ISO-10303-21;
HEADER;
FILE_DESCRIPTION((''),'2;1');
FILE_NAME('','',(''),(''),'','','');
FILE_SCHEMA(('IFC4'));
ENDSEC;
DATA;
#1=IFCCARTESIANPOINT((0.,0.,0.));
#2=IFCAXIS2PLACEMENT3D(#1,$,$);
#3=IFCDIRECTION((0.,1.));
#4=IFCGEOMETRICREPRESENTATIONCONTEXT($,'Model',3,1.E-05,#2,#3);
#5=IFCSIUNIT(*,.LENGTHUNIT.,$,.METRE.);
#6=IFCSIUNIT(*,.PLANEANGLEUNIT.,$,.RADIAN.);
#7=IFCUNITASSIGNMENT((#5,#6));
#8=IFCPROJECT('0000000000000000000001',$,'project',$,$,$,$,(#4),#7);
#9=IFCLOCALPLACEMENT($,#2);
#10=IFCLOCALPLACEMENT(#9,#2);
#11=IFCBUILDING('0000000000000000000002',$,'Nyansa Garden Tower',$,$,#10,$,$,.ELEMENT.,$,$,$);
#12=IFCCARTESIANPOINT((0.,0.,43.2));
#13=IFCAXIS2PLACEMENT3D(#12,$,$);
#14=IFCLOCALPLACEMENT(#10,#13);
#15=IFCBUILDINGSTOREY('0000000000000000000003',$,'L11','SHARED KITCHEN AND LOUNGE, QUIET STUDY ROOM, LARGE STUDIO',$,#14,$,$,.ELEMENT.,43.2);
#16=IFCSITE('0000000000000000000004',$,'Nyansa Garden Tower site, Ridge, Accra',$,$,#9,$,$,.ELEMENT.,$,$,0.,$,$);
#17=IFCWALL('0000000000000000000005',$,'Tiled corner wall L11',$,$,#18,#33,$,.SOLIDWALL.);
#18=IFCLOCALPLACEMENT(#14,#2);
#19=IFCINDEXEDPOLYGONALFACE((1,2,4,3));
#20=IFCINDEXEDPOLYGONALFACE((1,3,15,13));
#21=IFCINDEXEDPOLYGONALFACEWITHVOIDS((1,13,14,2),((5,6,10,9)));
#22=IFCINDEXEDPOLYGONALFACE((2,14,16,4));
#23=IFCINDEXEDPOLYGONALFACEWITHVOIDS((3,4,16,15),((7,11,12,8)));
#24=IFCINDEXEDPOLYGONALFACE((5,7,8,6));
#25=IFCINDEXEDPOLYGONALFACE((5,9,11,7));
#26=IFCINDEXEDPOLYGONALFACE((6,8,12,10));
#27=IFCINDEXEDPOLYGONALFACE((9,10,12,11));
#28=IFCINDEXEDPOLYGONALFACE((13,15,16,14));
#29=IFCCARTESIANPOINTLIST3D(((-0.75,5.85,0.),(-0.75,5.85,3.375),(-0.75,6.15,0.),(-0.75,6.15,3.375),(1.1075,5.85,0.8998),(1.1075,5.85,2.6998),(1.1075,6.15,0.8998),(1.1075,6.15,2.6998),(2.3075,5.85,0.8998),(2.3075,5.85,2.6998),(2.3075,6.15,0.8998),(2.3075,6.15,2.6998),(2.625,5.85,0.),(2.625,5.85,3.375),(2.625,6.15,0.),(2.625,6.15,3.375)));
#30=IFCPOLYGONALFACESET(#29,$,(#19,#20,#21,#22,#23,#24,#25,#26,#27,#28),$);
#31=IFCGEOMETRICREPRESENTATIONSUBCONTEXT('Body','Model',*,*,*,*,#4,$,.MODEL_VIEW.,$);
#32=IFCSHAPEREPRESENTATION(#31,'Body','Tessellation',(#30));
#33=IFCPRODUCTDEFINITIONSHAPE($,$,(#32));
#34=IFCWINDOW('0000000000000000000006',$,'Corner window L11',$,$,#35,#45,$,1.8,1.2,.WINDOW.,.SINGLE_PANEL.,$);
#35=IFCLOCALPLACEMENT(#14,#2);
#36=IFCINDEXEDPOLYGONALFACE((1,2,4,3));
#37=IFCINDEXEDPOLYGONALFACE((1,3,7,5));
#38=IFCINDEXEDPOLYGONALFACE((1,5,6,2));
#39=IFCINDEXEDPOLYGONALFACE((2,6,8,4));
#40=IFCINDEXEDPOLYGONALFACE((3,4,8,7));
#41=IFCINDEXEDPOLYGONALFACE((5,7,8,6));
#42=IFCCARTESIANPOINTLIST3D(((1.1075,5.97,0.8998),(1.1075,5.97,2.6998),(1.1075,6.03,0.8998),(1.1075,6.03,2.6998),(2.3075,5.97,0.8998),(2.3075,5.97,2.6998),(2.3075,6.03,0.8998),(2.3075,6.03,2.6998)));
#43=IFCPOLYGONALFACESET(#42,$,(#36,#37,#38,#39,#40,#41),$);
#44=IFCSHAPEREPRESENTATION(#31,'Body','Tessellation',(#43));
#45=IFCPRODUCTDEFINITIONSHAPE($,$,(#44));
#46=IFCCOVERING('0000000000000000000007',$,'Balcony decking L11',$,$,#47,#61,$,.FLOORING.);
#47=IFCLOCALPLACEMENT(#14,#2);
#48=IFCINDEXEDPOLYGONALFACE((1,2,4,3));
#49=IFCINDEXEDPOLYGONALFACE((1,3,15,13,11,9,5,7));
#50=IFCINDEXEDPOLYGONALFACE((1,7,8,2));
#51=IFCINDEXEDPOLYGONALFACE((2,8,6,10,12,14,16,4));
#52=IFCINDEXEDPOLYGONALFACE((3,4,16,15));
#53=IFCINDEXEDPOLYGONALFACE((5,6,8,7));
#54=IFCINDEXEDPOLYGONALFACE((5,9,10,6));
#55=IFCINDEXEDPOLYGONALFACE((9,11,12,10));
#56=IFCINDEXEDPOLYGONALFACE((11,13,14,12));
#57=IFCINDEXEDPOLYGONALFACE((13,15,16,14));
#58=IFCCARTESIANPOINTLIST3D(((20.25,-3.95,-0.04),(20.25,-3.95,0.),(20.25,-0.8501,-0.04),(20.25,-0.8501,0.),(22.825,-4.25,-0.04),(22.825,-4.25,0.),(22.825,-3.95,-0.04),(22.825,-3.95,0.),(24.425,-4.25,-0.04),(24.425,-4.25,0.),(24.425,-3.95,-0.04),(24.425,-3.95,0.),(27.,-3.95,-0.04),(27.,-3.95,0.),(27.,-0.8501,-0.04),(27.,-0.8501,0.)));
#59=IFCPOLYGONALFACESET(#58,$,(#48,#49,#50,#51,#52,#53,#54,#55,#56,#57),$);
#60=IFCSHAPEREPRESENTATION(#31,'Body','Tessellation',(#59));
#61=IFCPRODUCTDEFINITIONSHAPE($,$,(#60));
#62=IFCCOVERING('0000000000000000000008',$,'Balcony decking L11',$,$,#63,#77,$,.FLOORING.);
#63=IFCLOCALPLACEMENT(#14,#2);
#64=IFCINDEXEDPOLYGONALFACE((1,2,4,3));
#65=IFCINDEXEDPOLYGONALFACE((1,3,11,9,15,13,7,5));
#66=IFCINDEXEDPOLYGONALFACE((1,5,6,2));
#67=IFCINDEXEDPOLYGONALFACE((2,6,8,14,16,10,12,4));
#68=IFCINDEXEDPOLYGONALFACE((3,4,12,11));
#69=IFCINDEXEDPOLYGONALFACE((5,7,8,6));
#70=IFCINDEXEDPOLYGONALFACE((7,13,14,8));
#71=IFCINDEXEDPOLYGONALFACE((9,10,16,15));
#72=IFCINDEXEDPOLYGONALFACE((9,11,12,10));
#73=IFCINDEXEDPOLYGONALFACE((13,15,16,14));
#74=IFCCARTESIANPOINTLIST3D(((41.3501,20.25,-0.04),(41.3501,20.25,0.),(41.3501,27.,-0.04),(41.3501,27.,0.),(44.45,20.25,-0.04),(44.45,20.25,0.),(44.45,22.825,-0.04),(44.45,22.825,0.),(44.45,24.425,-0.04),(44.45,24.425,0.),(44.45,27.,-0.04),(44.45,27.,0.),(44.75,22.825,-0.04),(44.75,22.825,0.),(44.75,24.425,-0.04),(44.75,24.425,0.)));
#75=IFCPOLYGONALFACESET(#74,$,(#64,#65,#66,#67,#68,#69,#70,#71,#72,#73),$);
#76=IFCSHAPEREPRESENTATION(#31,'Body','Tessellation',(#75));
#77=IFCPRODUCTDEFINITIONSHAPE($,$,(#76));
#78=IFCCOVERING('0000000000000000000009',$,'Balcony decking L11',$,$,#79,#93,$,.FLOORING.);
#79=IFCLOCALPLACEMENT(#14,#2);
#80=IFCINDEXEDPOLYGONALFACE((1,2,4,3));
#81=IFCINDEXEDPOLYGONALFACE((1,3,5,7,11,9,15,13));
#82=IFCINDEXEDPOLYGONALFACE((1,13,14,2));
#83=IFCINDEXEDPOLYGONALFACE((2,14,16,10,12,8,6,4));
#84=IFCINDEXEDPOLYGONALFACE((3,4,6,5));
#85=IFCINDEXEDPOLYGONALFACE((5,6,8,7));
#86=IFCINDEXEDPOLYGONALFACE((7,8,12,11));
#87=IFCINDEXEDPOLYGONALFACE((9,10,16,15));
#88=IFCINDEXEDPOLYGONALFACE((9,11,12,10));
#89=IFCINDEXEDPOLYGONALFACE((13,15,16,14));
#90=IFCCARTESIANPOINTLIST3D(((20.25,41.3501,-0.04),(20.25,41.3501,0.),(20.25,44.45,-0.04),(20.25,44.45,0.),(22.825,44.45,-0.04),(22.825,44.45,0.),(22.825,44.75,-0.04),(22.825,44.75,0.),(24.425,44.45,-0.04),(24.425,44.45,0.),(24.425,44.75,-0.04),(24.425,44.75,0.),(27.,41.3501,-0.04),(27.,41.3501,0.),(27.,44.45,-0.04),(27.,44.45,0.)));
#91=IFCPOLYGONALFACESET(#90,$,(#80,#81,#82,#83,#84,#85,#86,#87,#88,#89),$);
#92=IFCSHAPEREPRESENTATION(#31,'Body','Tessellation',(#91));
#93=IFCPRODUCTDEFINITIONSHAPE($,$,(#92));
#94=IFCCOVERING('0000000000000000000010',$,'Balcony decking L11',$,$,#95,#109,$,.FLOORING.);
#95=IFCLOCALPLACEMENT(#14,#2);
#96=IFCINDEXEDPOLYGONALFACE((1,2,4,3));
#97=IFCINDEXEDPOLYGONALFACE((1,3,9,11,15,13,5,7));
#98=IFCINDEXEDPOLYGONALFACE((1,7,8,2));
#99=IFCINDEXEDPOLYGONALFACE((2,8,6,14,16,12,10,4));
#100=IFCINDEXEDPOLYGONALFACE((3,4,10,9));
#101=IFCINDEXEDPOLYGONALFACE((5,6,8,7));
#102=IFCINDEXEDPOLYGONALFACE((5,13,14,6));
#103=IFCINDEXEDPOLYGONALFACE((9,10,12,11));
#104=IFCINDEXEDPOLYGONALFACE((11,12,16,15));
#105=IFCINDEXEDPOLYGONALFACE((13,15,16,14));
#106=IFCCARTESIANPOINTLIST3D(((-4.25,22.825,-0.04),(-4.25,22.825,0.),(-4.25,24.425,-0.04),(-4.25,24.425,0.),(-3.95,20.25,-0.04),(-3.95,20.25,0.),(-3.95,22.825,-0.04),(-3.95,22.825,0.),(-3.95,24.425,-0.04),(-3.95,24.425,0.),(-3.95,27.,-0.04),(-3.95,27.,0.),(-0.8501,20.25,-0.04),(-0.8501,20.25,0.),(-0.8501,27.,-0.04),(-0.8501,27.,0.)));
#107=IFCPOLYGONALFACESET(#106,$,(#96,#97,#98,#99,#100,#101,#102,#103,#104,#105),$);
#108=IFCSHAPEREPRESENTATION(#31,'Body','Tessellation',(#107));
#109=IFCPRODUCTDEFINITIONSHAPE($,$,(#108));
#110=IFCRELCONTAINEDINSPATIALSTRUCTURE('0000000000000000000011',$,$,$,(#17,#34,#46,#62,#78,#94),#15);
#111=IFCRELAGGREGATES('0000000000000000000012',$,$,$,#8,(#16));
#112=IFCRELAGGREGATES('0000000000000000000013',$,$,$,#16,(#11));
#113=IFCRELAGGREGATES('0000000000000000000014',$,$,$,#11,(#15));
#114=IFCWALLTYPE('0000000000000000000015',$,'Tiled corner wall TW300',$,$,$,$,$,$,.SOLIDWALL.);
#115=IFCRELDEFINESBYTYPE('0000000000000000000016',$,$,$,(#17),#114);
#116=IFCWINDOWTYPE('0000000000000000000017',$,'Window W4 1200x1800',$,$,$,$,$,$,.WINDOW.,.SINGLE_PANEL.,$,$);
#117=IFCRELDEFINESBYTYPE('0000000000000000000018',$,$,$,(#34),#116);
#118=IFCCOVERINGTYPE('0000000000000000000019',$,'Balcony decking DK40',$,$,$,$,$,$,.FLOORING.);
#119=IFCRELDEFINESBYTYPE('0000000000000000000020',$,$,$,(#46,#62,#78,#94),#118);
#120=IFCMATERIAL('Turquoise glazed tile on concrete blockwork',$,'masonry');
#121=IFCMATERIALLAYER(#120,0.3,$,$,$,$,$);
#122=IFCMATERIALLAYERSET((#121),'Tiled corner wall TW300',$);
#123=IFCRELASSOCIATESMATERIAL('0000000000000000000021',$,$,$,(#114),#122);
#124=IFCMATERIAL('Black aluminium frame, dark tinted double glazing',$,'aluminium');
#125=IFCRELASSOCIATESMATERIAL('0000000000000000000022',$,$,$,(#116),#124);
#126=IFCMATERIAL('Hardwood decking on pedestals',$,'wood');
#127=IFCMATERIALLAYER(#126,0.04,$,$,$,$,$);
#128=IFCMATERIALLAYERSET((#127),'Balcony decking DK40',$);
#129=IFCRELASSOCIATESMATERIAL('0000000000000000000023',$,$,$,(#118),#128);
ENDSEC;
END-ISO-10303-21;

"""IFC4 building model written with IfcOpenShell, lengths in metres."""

from ifc_helpers import new_model, si_unit, direction, frame, frame_2d, origin, place, context, subcontext, project, spatial, polyline, rectangle, outline, extrude, material, layer, layer_set, type_object, element, fill, save


model = new_model("IFC4")

# Units and contexts
model_context = context("Model", 3, precision=1e-05, world=origin(), true_north=direction((0.0, 1.0)))
body_context = subcontext(model_context, "Body", "Model", "MODEL_VIEW")
ifc_project = project(units=[si_unit("LENGTHUNIT", "METRE"), si_unit("PLANEANGLEUNIT", "RADIAN")], contexts=[model_context])

# Site, building, storey
site_placement = place(None, origin())
site = spatial("IfcSite", under=ifc_project, at=site_placement, Name="Nyansa Garden Tower site, Ridge, Accra", CompositionType="ELEMENT", RefElevation=0.0)
building_placement = place(site_placement, origin())
building = spatial("IfcBuilding", under=site, at=building_placement, Name="Nyansa Garden Tower", CompositionType="ELEMENT")
storey_placement = place(building_placement, frame((0.0, 0.0, 43.2)))
storey = spatial("IfcBuildingStorey", under=building, at=storey_placement, Name="L11", Description="SHARED KITCHEN AND LOUNGE, QUIET STUDY ROOM, LARGE STUDIO", CompositionType="ELEMENT", Elevation=43.2)

# Wall, opening, window
ifc_material_1 = material(Name="Turquoise glazed tile on concrete blockwork", Category="masonry")
ifc_layer_1 = layer(ifc_material_1, 0.3)
ifc_layer_set_1 = layer_set([ifc_layer_1], Name="Tiled corner wall TW300")
wall_type = type_object("IfcWallType", Name="Tiled corner wall TW300", PredefinedType="SOLIDWALL", material=ifc_layer_set_1)
wall_placement = place(storey_placement, frame((-0.75, 6.0, 0.0), z_axis=(0.0, 0.0, 1.0), x_axis=(1.0, 0.0, 0.0)))
wall = element("IfcWall", 1, at=wall_placement, inside=storey, type_object=wall_type, Name="Tiled corner wall L11", PredefinedType="SOLIDWALL", context=body_context, shape_type="SweptSolid", body=[
    extrude(rectangle(XDim=3.375, YDim=0.3, at=frame_2d((1.6875, 0.0))), origin(), (0.0, 0.0, 1.0), 3.375),
])
opening_placement = place(wall_placement, frame((1.8574, 0.0, 0.8999)))
opening = element("IfcOpeningElement", 2, at=opening_placement, cuts=wall, PredefinedType="OPENING", context=body_context, shape_type="SweptSolid", body=[
    extrude(rectangle(XDim=1.2, YDim=1.8, at=frame_2d((0.6001, 0.8999))), frame((0.0, 0.1599, 0.0), z_axis=(0.0, -1.0, 0.0), x_axis=(1.0, 0.0, 0.0)), (0.0, 0.0, 1.0), 0.3201),
])
ifc_material_2 = material(Name="Black aluminium frame, dark tinted double glazing", Category="aluminium")
window_type = type_object("IfcWindowType", Name="Window W4 1200x1800", PartitioningType="SINGLE_PANEL", PredefinedType="WINDOW", material=ifc_material_2)
window_placement = place(opening_placement, origin())
window = element("IfcWindow", 3, at=window_placement, inside=storey, type_object=window_type, Name="Corner window L11", OverallHeight=1.8, OverallWidth=1.2, PartitioningType="SINGLE_PANEL", PredefinedType="WINDOW", context=body_context, shape_type="SweptSolid", body=[
    extrude(rectangle(XDim=1.2, YDim=1.8, at=frame_2d((0.6001, 0.8999))), frame((0.0, 0.03, 0.0), z_axis=(0.0, -1.0, 0.0), x_axis=(1.0, 0.0, 0.0)), (0.0, 0.0, 1.0), 0.0601),
])
fill(opening, window)

# Coverings
ifc_material_3 = material(Name="Hardwood decking on pedestals", Category="wood")
ifc_layer_2 = layer(ifc_material_3, 0.04)
ifc_layer_set_2 = layer_set([ifc_layer_2], Name="Balcony decking DK40")
covering_type = type_object("IfcCoveringType", Name="Balcony decking DK40", PredefinedType="FLOORING", material=ifc_layer_set_2)
covering_1_placement = place(storey_placement, frame((0.0, 0.0, -0.04)))
element("IfcCovering", 4, at=covering_1_placement, inside=storey, type_object=covering_type, Name="Balcony decking L11", PredefinedType="FLOORING", context=body_context, shape_type="SweptSolid", body=[
    extrude(outline(polyline([(20.25, -0.8501), (27.0, -0.8501), (27.0, -3.95), (24.425, -3.95), (24.425, -4.25), (22.825, -4.25), (22.825, -3.95), (20.25, -3.95), (20.25, -0.8501)])), origin(), (0.0, 0.0, 1.0), 0.04),
])
covering_2_placement = place(storey_placement, frame((0.0, 0.0, -0.04)))
element("IfcCovering", 5, at=covering_2_placement, inside=storey, type_object=covering_type, Name="Balcony decking L11", PredefinedType="FLOORING", context=body_context, shape_type="SweptSolid", body=[
    extrude(outline(polyline([(41.3501, 20.25), (41.3501, 27.0), (44.45, 27.0), (44.45, 24.425), (44.75, 24.425), (44.75, 22.825), (44.45, 22.825), (44.45, 20.25), (41.3501, 20.25)])), origin(), (0.0, 0.0, 1.0), 0.04),
])
covering_3_placement = place(storey_placement, frame((0.0, 0.0, -0.04)))
element("IfcCovering", 6, at=covering_3_placement, inside=storey, type_object=covering_type, Name="Balcony decking L11", PredefinedType="FLOORING", context=body_context, shape_type="SweptSolid", body=[
    extrude(outline(polyline([(20.25, 41.3501), (27.0, 41.3501), (27.0, 44.45), (24.425, 44.45), (24.425, 44.75), (22.825, 44.75), (22.825, 44.45), (20.25, 44.45), (20.25, 41.3501)])), origin(), (0.0, 0.0, 1.0), 0.04),
])
covering_4_placement = place(storey_placement, frame((0.0, 0.0, -0.04)))
element("IfcCovering", 7, at=covering_4_placement, inside=storey, type_object=covering_type, Name="Balcony decking L11", PredefinedType="FLOORING", context=body_context, shape_type="SweptSolid", body=[
    extrude(outline(polyline([(-0.8501, 20.25), (-0.8501, 27.0), (-3.95, 27.0), (-3.95, 24.425), (-4.25, 24.425), (-4.25, 22.825), (-3.95, 22.825), (-3.95, 20.25), (-0.8501, 20.25)])), origin(), (0.0, 0.0, 1.0), 0.04),
])

save(model, "model.ifc")
